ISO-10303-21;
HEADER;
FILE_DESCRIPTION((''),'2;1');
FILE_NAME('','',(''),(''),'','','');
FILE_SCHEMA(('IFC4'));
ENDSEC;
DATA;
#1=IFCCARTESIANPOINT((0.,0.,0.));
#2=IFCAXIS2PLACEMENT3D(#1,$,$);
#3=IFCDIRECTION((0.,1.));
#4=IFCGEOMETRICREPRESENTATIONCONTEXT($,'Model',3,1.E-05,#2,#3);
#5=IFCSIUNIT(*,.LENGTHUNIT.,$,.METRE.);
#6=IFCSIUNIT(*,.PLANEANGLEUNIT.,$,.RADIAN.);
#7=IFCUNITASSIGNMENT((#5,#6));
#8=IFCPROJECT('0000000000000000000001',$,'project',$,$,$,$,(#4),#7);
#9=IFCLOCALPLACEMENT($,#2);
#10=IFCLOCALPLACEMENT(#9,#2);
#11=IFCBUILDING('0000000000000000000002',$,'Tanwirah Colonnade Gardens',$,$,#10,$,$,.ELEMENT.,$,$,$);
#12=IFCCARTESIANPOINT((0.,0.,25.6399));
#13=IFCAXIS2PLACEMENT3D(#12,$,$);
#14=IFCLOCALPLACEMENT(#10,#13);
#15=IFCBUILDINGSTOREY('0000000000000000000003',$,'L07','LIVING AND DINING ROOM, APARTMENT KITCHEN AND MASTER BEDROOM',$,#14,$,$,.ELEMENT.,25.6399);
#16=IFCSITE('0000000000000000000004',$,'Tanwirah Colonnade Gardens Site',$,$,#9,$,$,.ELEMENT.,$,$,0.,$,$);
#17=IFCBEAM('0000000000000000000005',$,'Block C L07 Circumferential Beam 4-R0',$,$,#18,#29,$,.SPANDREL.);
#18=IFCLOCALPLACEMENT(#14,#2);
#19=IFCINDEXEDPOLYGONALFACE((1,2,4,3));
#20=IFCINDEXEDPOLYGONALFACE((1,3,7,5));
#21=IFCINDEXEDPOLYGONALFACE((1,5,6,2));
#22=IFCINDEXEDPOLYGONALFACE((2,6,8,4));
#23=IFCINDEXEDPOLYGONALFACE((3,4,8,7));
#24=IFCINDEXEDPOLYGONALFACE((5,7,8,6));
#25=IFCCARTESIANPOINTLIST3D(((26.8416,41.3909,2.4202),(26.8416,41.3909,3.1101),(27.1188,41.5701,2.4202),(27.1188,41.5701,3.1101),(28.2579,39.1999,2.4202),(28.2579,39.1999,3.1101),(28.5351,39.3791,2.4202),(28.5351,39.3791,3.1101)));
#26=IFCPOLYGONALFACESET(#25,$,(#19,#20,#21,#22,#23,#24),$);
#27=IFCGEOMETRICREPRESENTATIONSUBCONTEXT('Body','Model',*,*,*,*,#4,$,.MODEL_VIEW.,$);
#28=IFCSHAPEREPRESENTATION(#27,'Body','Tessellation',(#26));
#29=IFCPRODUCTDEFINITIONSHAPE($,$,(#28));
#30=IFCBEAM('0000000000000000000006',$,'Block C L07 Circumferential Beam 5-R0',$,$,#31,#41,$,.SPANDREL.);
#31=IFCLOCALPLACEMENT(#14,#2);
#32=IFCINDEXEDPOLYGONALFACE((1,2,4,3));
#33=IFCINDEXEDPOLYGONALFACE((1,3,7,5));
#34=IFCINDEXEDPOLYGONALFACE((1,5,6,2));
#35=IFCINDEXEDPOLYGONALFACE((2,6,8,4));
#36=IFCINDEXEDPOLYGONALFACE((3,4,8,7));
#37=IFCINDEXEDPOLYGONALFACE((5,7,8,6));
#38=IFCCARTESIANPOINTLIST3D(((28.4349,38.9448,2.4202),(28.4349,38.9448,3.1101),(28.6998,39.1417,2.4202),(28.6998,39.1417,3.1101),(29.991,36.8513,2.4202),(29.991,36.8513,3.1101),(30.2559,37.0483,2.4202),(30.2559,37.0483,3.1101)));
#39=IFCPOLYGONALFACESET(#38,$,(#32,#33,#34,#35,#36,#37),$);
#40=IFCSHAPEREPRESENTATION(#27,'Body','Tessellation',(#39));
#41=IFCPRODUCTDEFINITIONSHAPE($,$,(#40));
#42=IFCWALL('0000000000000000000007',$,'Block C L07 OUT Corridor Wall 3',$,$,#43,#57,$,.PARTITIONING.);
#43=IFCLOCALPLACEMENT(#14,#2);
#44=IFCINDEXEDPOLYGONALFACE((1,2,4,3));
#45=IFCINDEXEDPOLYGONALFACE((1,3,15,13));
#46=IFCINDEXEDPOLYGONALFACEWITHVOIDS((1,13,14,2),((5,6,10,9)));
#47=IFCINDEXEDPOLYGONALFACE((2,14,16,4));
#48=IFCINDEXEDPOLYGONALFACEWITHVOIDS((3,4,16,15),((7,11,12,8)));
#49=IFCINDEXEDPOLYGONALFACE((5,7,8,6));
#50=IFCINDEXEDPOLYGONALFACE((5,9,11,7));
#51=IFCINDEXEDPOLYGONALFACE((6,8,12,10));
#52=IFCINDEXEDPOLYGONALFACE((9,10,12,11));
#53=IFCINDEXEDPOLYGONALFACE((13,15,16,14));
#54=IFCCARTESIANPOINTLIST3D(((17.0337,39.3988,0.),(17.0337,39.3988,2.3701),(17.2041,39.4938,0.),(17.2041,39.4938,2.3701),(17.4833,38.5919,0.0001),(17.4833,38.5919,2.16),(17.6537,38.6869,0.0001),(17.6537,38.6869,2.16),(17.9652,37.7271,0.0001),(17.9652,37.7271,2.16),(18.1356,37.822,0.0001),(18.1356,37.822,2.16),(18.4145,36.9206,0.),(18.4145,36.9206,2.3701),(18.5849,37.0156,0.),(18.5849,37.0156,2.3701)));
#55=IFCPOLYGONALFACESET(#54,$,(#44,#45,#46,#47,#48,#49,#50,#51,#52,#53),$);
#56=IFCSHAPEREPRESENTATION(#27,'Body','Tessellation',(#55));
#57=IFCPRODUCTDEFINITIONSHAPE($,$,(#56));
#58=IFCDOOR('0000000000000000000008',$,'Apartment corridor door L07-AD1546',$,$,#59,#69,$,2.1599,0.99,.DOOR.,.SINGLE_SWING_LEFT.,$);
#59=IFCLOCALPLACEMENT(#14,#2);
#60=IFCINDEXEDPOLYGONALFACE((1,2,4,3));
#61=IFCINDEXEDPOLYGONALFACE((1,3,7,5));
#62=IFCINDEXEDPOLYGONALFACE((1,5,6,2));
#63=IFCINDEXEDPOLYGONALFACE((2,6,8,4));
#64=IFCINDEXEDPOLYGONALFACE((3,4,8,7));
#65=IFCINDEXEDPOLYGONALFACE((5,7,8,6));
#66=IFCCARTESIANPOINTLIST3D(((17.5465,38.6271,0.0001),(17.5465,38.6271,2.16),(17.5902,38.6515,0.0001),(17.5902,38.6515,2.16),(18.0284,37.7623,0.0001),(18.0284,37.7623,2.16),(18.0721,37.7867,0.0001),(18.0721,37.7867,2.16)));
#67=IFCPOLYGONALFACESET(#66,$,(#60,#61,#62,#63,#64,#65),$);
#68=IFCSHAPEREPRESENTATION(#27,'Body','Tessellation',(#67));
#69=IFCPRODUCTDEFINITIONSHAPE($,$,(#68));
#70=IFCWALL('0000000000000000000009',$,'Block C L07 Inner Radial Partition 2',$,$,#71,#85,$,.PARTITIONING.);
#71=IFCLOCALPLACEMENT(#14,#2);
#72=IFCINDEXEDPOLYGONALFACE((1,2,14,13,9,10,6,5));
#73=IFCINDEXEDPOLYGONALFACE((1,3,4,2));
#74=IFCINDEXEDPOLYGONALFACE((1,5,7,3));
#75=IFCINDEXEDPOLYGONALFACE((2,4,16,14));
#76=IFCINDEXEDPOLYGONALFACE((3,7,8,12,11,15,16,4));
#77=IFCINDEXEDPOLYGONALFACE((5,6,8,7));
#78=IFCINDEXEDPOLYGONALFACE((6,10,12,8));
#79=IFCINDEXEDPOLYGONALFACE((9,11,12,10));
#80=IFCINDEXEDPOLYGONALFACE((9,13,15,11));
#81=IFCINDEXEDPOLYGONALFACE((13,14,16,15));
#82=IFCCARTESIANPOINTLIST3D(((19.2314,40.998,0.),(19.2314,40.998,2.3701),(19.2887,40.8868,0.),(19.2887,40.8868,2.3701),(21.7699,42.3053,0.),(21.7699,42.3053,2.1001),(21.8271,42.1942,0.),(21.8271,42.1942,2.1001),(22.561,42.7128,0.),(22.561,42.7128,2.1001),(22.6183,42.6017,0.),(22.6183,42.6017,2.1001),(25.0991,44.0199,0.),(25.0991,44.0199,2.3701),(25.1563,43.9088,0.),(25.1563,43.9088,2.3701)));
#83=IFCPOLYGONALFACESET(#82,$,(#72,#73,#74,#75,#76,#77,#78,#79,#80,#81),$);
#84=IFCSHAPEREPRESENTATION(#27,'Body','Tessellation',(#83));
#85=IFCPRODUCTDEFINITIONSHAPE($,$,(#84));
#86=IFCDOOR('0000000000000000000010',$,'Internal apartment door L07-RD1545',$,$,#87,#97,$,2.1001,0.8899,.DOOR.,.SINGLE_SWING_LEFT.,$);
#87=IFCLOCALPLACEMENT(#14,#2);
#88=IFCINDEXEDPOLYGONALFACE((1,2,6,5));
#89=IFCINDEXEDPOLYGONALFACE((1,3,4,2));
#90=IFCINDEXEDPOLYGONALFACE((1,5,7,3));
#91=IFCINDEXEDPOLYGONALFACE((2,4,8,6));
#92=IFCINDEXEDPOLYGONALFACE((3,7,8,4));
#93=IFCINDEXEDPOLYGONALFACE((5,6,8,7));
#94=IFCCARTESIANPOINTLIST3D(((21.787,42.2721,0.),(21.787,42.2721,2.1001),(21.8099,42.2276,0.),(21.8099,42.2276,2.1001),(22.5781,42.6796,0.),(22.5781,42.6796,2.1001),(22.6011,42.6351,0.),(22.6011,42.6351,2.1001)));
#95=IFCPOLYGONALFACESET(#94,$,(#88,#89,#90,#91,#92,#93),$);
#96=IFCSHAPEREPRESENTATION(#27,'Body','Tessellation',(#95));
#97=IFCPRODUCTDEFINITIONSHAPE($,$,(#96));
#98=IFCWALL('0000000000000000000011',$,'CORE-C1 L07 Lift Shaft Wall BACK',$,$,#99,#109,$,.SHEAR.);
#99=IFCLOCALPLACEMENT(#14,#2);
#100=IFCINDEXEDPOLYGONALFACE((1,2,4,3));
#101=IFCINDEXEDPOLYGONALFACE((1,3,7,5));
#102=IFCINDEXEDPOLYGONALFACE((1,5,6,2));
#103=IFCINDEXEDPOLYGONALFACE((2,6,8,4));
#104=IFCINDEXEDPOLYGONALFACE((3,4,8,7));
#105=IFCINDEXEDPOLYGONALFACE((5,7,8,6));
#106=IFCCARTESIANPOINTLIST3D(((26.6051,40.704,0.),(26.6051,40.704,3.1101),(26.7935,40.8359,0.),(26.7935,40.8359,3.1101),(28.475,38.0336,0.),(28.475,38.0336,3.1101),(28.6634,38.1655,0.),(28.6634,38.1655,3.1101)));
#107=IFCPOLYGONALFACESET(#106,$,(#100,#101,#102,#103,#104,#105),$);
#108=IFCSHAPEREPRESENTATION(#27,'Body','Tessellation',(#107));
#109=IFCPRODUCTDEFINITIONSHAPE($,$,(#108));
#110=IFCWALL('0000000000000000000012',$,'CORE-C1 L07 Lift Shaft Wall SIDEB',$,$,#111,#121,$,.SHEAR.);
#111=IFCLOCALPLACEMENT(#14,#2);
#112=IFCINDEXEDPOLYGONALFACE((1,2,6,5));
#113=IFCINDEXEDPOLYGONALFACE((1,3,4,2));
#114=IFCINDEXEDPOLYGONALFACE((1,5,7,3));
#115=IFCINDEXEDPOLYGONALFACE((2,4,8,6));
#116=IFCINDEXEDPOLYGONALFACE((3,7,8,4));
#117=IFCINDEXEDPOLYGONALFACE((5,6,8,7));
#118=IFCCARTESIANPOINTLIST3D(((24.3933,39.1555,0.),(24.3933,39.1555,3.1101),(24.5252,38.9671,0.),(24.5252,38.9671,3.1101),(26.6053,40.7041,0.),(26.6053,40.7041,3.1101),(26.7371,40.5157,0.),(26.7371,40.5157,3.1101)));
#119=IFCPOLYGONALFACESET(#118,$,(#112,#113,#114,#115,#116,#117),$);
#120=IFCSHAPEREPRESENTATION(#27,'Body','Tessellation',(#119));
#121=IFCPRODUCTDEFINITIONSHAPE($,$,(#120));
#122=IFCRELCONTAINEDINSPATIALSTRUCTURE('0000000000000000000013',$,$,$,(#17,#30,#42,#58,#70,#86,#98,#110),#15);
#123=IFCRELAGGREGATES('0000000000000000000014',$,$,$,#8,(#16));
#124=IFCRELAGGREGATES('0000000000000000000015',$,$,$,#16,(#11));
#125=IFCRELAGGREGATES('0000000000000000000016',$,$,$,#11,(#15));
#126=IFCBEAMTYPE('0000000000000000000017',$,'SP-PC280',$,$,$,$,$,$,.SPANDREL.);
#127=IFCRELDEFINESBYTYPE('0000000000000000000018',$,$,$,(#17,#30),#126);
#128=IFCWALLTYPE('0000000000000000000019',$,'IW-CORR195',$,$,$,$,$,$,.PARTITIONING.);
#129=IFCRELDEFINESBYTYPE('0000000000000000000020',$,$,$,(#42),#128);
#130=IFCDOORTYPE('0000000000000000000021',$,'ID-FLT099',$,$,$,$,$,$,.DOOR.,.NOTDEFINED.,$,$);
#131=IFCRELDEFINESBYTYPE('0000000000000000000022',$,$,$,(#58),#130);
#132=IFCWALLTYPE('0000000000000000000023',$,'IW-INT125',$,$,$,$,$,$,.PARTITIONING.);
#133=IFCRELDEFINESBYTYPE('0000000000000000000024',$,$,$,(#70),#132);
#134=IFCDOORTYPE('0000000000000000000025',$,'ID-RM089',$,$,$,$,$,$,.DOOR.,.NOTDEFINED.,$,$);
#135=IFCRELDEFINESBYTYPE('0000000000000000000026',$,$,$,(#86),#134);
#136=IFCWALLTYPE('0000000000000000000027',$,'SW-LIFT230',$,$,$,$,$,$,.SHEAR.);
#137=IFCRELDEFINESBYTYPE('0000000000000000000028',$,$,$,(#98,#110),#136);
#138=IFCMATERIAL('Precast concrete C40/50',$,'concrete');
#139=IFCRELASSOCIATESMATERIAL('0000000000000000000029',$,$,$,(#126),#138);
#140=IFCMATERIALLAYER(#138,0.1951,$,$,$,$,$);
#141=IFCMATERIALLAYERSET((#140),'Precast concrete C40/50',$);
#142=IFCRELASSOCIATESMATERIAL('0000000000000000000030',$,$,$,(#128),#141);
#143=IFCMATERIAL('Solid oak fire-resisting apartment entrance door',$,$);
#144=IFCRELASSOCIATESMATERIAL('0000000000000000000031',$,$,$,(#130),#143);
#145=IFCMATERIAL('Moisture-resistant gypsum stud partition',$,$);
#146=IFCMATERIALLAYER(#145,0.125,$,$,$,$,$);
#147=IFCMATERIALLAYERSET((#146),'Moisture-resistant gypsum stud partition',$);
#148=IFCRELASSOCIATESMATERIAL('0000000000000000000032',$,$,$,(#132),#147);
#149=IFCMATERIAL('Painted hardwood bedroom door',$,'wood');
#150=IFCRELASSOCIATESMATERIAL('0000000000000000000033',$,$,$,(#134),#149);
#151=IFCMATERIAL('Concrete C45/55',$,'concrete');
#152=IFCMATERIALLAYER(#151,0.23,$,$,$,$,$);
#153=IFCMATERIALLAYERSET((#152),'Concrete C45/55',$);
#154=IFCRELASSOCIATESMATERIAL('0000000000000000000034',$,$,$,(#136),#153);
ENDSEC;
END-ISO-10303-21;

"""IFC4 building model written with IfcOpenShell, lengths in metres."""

from ifc_helpers import new_model, si_unit, direction, frame, frame_2d, origin, origin_2d, place, context, subcontext, project, spatial, rectangle, extrude, material, layer, layer_set, material_profile, profile_set, type_object, element, fill, save


model = new_model("IFC4")

# Units and contexts
model_context = context("Model", 3, precision=1e-05, world=origin(), true_north=direction((0.0, 1.0)))
body_context = subcontext(model_context, "Body", "Model", "MODEL_VIEW")
ifc_project = project(units=[si_unit("LENGTHUNIT", "METRE"), si_unit("PLANEANGLEUNIT", "RADIAN")], contexts=[model_context])

# Site, building, storey
site_placement = place(None, origin())
site = spatial("IfcSite", under=ifc_project, at=site_placement, Name="Tanwirah Colonnade Gardens Site", CompositionType="ELEMENT", RefElevation=0.0)
building_placement = place(site_placement, origin())
building = spatial("IfcBuilding", under=site, at=building_placement, Name="Tanwirah Colonnade Gardens", CompositionType="ELEMENT")
storey_placement = place(building_placement, frame((0.0, 0.0, 25.6399)))
storey = spatial("IfcBuildingStorey", under=building, at=storey_placement, Name="L07", Description="LIVING AND DINING ROOM, APARTMENT KITCHEN AND MASTER BEDROOM", CompositionType="ELEMENT", Elevation=25.6399)

# Shared definitions
ifc_material_1 = material(Name="Precast concrete C40/50", Category="concrete")

# Beams
ifc_material_profile_1 = material_profile(ifc_material_1, rectangle(XDim=0.3301, YDim=0.6899, at=origin_2d()), Name="PC-SP 330x690")
ifc_profile_set_1 = profile_set([ifc_material_profile_1], Name="Precast concrete C40/50")
beam_type_1 = type_object("IfcBeamType", Name="SP-PC280", PredefinedType="SPANDREL", material=ifc_profile_set_1)
beam_1_placement = place(storey_placement, frame((26.9802, 41.4805, 2.7651), z_axis=(0.542875, -0.839814, 0.0), x_axis=(0.839814, 0.542875, 0.0)))
element("IfcBeam", 1, at=beam_1_placement, inside=storey, type_object=beam_type_1, Name="Block C L07 Circumferential Beam 4-R0", PredefinedType="SPANDREL", context=body_context, shape_type="SweptSolid", body=[
    extrude(rectangle(XDim=0.3301, YDim=0.6899, at=origin_2d()), origin(), (0.0, 0.0, 1.0), 2.6089),
])
beam_2_placement = place(storey_placement, frame((28.5674, 39.0432, 2.7651), z_axis=(0.596565, -0.802565, 0.0), x_axis=(0.802565, 0.596565, 0.0)))
element("IfcBeam", 2, at=beam_2_placement, inside=storey, type_object=beam_type_1, Name="Block C L07 Circumferential Beam 5-R0", PredefinedType="SPANDREL", context=body_context, shape_type="SweptSolid", body=[
    extrude(rectangle(XDim=0.3301, YDim=0.6899, at=origin_2d()), origin(), (0.0, 0.0, 1.0), 2.6084),
])

# Walls, openings, doors
ifc_layer_1 = layer(ifc_material_1, 0.1951)
ifc_layer_set_1 = layer_set([ifc_layer_1], Name="Precast concrete C40/50")
wall_type_1 = type_object("IfcWallType", Name="IW-CORR195", PredefinedType="PARTITIONING", material=ifc_layer_set_1)
ifc_material_2 = material(Name="Solid oak fire-resisting apartment entrance door")
wall_1_placement = place(storey_placement, frame((17.1189, 39.4463, 0.0), z_axis=(0.0, 0.0, 1.0), x_axis=(0.486731, -0.873552, 0.0)))
wall_1 = element("IfcWall", 3, at=wall_1_placement, inside=storey, type_object=wall_type_1, Name="Block C L07 OUT Corridor Wall 3", PredefinedType="PARTITIONING", context=body_context, shape_type="SweptSolid", body=[
    extrude(rectangle(XDim=2.8369, YDim=0.1951, at=frame_2d((1.4185, 0.0))), origin(), (0.0, 0.0, 1.0), 2.3701),
])
opening_1_placement = place(wall_1_placement, frame((0.9236, 0.0, 0.0)))
opening_1 = element("IfcOpeningElement", 4, at=opening_1_placement, cuts=wall_1, PredefinedType="OPENING", context=body_context, shape_type="SweptSolid", body=[
    extrude(rectangle(XDim=0.99, YDim=2.1599, at=frame_2d((0.4951, 1.0801))), frame((0.0, 0.1074, 0.0), z_axis=(0.0, -1.0, 0.0), x_axis=(1.0, 0.0, 0.0)), (0.0, 0.0, 1.0), 0.2151),
])
door_type_1 = type_object("IfcDoorType", Name="ID-FLT099", OperationType="NOTDEFINED", PredefinedType="DOOR", material=ifc_material_2)
door_1_placement = place(opening_1_placement, origin())
door_1 = element("IfcDoor", 5, at=door_1_placement, inside=storey, type_object=door_type_1, Name="Apartment corridor door L07-AD1546", OperationType="SINGLE_SWING_LEFT", OverallHeight=2.1599, OverallWidth=0.99, PredefinedType="DOOR", context=body_context, shape_type="SweptSolid", body=[
    extrude(rectangle(XDim=0.99, YDim=2.1599, at=frame_2d((0.4951, 1.0801))), frame((0.0, 0.0249, 0.0), z_axis=(0.0, -1.0, 0.0), x_axis=(1.0, 0.0, 0.0)), (0.0, 0.0, 1.0), 0.05),
])
fill(opening_1, door_1)
ifc_material_3 = material(Name="Moisture-resistant gypsum stud partition")
ifc_layer_2 = layer(ifc_material_3, 0.125)
ifc_layer_set_2 = layer_set([ifc_layer_2], Name="Moisture-resistant gypsum stud partition")
wall_type_2 = type_object("IfcWallType", Name="IW-INT125", PredefinedType="PARTITIONING", material=ifc_layer_set_2)
wall_2_placement = place(storey_placement, frame((25.1277, 43.9644, 0.0), z_axis=(0.0, 0.0, 1.0), x_axis=(-0.889022, -0.457864, 0.0)))
wall_2 = element("IfcWall", 6, at=wall_2_placement, inside=storey, type_object=wall_type_2, Name="Block C L07 Inner Radial Partition 2", PredefinedType="PARTITIONING", context=body_context, shape_type="SweptSolid", body=[
    extrude(rectangle(XDim=6.6001, YDim=0.125, at=frame_2d((3.3, 0.0))), origin(), (0.0, 0.0, 1.0), 2.3701),
])
opening_2_placement = place(wall_2_placement, frame((2.855, 0.0, 0.0)))
opening_2 = element("IfcOpeningElement", 7, at=opening_2_placement, cuts=wall_2, PredefinedType="OPENING", context=body_context, shape_type="SweptSolid", body=[
    extrude(rectangle(XDim=0.8899, YDim=2.1001, at=frame_2d((0.4448, 1.05))), frame((0.0, 0.0725, 0.0), z_axis=(0.0, -1.0, 0.0), x_axis=(1.0, 0.0, 0.0)), (0.0, 0.0, 1.0), 0.145),
])
ifc_material_4 = material(Name="Painted hardwood bedroom door", Category="wood")
door_type_2 = type_object("IfcDoorType", Name="ID-RM089", OperationType="NOTDEFINED", PredefinedType="DOOR", material=ifc_material_4)
door_2_placement = place(opening_2_placement, origin())
door_2 = element("IfcDoor", 8, at=door_2_placement, inside=storey, type_object=door_type_2, Name="Internal apartment door L07-RD1545", OperationType="SINGLE_SWING_LEFT", OverallHeight=2.1001, OverallWidth=0.8899, PredefinedType="DOOR", context=body_context, shape_type="SweptSolid", body=[
    extrude(rectangle(XDim=0.8899, YDim=2.1001, at=frame_2d((0.4448, 1.05))), frame((0.0, 0.0249, 0.0), z_axis=(0.0, -1.0, 0.0), x_axis=(1.0, 0.0, 0.0)), (0.0, 0.0, 1.0), 0.05),
])
fill(opening_2, door_2)

# Walls
ifc_material_5 = material(Name="Concrete C45/55", Category="concrete")
ifc_layer_3 = layer(ifc_material_5, 0.23)
ifc_layer_set_3 = layer_set([ifc_layer_3], Name="Concrete C45/55")
wall_type_3 = type_object("IfcWallType", Name="SW-LIFT230", PredefinedType="SHEAR", material=ifc_layer_set_3)
wall_3_placement = place(storey_placement, frame((28.5691, 38.0996, 0.0), z_axis=(0.0, 0.0, 1.0), x_axis=(-0.573583, 0.819147, 0.0)))
element("IfcWall", 9, at=wall_3_placement, inside=storey, type_object=wall_type_3, Name="CORE-C1 L07 Lift Shaft Wall BACK", PredefinedType="SHEAR", context=body_context, shape_type="SweptSolid", body=[
    extrude(rectangle(XDim=3.26, YDim=0.23, at=frame_2d((1.6299, 0.0))), origin(), (0.0, 0.0, 1.0), 3.1101),
])
wall_4_placement = place(storey_placement, frame((24.4592, 39.0613, 0.0), z_axis=(0.0, 0.0, 1.0), x_axis=(0.819189, 0.573523, 0.0)))
element("IfcWall", 10, at=wall_4_placement, inside=storey, type_object=wall_type_3, Name="CORE-C1 L07 Lift Shaft Wall SIDEB", PredefinedType="SHEAR", context=body_context, shape_type="SweptSolid", body=[
    extrude(rectangle(XDim=2.7002, YDim=0.23, at=frame_2d((1.3501, 0.0))), origin(), (0.0, 0.0, 1.0), 3.1101),
])

save(model, "model.ifc")
